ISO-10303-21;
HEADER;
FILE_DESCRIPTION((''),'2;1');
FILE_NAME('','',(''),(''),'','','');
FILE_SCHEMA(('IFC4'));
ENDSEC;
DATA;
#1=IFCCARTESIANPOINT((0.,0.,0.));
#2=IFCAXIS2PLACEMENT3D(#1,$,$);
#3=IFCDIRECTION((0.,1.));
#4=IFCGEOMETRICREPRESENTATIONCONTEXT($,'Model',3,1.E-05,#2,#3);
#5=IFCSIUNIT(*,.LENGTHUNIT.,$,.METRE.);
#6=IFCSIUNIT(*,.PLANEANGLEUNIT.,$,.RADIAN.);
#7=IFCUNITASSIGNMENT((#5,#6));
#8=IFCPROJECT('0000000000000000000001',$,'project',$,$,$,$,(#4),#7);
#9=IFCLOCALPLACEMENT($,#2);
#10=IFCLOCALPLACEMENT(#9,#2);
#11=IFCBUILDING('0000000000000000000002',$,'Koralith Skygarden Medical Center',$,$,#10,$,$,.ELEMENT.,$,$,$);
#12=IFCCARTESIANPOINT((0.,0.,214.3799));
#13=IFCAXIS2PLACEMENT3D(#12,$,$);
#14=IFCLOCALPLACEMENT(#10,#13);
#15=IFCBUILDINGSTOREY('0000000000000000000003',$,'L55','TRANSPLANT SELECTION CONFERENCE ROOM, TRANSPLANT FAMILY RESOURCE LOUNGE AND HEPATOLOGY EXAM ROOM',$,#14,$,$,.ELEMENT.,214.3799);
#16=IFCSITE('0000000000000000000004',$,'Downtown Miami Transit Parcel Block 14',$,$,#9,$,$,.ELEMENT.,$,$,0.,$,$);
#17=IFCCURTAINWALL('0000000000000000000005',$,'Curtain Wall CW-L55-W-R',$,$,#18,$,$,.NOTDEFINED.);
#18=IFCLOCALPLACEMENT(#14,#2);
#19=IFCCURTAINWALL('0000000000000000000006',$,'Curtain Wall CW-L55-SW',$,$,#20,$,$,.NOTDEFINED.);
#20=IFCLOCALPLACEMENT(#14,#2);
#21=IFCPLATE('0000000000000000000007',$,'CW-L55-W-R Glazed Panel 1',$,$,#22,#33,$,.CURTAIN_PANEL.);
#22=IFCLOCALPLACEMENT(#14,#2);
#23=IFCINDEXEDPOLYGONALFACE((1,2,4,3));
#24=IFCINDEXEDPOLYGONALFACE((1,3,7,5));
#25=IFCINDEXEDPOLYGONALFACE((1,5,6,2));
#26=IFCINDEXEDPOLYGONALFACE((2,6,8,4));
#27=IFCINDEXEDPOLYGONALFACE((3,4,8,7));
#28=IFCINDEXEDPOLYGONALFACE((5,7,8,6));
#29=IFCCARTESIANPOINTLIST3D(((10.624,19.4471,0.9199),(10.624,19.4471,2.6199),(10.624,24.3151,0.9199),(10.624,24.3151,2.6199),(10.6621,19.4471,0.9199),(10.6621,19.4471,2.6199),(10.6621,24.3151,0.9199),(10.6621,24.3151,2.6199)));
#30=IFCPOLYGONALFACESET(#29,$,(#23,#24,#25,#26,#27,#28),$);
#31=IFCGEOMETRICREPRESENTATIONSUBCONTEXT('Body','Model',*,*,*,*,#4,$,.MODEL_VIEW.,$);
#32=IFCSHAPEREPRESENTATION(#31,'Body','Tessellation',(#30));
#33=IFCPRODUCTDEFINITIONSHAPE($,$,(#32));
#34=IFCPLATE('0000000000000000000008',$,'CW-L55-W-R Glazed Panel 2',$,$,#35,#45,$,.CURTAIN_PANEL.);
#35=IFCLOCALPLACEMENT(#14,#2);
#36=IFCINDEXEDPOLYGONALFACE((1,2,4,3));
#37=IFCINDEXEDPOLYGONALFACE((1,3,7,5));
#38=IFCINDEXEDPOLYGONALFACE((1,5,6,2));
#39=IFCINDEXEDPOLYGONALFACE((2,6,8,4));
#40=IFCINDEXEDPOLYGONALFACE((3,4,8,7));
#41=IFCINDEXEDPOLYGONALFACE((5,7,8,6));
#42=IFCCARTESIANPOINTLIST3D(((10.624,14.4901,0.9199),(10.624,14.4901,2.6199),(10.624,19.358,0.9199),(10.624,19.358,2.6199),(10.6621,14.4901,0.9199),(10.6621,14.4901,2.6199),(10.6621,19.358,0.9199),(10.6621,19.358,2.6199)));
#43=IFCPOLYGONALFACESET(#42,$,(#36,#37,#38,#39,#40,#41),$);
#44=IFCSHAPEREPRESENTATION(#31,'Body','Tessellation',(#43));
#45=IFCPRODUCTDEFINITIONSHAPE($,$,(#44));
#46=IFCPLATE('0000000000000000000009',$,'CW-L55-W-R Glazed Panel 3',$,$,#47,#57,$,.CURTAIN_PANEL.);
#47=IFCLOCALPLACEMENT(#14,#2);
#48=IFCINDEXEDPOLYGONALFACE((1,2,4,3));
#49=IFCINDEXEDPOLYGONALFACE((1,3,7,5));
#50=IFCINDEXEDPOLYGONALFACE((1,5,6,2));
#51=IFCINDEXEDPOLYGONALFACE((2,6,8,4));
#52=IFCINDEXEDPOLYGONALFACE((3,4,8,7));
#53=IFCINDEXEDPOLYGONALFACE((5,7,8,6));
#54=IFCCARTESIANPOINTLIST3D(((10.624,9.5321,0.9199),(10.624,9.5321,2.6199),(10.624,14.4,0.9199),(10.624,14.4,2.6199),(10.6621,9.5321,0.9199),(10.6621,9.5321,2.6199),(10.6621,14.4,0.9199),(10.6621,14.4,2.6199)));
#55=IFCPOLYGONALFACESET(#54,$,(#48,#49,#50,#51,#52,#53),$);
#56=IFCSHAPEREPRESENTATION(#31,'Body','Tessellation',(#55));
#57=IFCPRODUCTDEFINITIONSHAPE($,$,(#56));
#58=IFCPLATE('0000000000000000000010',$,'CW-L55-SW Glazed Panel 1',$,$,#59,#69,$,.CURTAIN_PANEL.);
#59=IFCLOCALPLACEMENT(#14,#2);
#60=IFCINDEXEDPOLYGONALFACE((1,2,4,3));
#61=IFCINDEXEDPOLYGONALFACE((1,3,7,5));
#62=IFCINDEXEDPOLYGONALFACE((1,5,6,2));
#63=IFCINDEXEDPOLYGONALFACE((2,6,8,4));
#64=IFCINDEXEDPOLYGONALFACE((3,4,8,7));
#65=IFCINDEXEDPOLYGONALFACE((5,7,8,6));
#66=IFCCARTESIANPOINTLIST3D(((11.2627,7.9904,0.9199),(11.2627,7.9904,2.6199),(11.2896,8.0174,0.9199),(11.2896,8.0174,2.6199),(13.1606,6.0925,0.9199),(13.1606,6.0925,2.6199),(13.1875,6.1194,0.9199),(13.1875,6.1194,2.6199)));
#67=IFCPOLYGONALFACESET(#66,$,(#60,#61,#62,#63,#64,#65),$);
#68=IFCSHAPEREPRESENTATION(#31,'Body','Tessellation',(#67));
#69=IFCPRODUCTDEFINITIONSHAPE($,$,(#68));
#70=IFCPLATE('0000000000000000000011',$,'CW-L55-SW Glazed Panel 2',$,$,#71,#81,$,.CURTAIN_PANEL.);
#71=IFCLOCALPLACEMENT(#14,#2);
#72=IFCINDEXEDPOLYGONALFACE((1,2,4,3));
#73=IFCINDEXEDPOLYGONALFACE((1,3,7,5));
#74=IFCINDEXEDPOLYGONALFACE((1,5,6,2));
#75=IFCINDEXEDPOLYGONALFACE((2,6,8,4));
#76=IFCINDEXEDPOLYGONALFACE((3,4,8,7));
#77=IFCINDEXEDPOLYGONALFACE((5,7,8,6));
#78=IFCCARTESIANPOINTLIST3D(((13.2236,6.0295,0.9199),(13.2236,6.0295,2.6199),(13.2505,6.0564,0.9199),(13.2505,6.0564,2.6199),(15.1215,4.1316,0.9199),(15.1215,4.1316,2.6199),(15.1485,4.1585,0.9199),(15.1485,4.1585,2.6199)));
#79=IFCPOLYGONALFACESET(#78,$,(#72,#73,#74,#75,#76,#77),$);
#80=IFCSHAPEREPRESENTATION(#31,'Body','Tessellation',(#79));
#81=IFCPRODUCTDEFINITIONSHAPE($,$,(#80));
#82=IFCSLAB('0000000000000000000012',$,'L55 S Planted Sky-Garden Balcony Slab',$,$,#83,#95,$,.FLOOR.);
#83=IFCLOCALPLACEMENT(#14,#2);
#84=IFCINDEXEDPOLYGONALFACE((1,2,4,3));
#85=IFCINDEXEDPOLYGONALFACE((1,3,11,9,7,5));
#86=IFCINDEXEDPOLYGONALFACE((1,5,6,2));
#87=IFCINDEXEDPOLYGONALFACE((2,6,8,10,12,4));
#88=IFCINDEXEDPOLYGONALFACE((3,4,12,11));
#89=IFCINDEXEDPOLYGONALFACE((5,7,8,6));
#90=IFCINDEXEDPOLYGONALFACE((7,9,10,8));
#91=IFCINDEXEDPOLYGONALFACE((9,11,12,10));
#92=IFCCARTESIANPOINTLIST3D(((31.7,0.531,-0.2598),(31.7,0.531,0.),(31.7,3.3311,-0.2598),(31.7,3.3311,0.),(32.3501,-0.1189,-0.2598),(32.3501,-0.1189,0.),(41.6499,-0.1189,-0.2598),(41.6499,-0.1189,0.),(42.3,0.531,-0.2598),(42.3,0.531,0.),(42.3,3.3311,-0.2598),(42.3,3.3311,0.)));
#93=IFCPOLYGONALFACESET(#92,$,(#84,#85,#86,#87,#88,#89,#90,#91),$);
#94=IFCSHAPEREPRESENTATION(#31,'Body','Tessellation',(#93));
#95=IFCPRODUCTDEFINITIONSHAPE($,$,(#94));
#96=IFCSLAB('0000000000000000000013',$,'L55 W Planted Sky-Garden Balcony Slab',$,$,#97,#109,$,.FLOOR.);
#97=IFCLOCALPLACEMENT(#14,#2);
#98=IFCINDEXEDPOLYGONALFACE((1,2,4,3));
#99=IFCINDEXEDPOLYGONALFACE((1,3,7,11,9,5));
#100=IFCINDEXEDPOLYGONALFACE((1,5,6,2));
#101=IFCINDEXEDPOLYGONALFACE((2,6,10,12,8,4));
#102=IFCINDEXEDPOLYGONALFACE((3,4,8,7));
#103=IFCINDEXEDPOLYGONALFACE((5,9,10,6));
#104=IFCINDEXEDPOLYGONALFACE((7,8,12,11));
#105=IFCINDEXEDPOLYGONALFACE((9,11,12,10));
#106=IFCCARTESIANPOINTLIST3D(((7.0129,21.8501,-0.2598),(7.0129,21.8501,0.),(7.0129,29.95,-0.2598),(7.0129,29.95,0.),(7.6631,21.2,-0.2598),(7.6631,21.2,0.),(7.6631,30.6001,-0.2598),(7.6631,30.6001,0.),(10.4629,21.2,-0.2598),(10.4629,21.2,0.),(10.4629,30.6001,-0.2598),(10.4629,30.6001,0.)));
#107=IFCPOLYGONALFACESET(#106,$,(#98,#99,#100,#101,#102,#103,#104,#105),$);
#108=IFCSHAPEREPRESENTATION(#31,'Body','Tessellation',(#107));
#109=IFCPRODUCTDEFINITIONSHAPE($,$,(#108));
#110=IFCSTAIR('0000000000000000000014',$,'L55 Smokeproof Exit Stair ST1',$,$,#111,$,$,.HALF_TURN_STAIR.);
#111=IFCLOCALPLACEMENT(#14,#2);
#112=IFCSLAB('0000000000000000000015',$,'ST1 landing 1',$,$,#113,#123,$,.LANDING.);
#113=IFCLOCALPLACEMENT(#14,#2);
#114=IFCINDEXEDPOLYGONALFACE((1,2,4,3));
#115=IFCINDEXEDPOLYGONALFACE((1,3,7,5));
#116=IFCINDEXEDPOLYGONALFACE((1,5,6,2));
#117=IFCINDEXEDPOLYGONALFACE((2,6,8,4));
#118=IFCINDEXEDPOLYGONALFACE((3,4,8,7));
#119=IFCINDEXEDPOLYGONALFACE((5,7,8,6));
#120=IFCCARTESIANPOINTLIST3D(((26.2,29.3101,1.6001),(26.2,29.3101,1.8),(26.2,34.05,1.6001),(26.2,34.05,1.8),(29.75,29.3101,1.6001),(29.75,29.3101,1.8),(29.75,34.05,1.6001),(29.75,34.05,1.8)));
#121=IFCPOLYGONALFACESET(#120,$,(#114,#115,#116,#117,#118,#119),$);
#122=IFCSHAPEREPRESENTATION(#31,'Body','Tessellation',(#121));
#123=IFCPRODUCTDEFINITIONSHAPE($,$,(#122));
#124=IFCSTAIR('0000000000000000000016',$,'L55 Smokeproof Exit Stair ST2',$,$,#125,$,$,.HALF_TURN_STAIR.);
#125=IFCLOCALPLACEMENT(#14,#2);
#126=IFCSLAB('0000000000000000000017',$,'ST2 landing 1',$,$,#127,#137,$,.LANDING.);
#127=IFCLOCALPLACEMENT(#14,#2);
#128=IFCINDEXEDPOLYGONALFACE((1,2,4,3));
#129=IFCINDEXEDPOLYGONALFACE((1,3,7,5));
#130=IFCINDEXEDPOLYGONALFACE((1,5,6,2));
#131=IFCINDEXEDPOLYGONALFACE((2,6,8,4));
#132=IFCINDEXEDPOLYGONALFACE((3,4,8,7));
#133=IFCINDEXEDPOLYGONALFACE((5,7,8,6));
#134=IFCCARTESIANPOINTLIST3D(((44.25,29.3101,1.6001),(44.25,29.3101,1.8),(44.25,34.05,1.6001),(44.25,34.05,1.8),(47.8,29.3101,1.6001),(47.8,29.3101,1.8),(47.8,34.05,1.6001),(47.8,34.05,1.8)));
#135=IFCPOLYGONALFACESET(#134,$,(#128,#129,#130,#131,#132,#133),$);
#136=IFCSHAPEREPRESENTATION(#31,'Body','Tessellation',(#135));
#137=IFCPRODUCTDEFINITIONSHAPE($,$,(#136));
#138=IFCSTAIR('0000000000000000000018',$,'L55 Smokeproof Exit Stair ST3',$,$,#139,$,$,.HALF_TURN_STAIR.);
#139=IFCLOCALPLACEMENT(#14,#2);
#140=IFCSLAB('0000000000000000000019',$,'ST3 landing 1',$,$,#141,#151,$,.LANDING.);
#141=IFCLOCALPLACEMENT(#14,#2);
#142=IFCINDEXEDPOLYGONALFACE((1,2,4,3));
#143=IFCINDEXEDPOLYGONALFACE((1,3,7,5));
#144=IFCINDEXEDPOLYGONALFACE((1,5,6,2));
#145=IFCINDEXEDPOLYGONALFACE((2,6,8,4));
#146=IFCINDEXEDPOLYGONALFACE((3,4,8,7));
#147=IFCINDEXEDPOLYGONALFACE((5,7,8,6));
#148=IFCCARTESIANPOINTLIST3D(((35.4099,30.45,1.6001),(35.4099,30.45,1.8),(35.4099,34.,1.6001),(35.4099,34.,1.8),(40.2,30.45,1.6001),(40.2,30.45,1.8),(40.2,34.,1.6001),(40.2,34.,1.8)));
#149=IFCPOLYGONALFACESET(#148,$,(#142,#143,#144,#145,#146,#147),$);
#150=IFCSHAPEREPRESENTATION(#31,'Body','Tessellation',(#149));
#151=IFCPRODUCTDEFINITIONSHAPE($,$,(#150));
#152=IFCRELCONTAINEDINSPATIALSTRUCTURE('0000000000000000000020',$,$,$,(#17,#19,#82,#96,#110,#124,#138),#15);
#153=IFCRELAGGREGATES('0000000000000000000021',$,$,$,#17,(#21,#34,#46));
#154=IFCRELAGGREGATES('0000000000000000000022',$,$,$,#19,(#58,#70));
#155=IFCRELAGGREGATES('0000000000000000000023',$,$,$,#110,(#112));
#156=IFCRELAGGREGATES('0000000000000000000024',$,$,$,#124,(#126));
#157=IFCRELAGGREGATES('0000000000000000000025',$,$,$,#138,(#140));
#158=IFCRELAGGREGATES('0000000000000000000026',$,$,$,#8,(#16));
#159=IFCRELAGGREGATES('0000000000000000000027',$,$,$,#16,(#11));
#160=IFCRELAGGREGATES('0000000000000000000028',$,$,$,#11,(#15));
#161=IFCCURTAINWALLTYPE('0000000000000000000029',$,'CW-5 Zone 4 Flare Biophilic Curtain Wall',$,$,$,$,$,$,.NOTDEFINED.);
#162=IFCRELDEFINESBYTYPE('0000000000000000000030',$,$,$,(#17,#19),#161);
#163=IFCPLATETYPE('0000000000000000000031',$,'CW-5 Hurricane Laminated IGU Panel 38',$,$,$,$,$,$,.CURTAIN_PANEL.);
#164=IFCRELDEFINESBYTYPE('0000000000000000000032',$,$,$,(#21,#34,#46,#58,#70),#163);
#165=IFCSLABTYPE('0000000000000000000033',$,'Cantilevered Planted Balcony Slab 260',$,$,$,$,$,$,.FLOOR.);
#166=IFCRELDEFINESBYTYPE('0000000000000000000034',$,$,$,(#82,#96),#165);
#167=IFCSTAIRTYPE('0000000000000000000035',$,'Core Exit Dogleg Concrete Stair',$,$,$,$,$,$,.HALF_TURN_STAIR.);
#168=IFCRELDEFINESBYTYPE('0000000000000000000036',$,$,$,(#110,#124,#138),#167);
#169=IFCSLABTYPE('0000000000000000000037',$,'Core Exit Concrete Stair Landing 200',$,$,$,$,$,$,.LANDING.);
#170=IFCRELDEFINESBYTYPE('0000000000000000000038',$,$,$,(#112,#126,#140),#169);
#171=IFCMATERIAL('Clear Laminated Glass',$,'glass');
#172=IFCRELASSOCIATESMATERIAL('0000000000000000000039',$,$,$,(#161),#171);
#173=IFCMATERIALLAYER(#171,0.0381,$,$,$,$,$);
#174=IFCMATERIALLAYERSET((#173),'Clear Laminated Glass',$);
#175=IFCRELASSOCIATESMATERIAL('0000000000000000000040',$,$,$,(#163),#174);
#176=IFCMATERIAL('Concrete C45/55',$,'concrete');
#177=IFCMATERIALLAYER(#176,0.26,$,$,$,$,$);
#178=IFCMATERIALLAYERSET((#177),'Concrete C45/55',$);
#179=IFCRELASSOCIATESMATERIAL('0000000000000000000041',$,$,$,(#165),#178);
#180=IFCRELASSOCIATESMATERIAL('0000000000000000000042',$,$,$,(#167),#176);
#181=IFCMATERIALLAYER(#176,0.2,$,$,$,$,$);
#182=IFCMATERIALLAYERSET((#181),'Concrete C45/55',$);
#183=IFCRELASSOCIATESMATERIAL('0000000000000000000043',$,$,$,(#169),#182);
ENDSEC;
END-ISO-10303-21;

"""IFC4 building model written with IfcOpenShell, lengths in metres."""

from ifc_helpers import new_model, si_unit, direction, frame, origin, origin_2d, place, context, subcontext, project, spatial, polyline, rectangle, outline, extrude, material, layer, layer_set, type_object, element, aggregate, save


model = new_model("IFC4")

# Units and contexts
model_context = context("Model", 3, precision=1e-05, world=origin(), true_north=direction((0.0, 1.0)))
body_context = subcontext(model_context, "Body", "Model", "MODEL_VIEW")
ifc_project = project(units=[si_unit("LENGTHUNIT", "METRE"), si_unit("PLANEANGLEUNIT", "RADIAN")], contexts=[model_context])

# Site, building, storey
site_placement = place(None, origin())
site = spatial("IfcSite", under=ifc_project, at=site_placement, Name="Downtown Miami Transit Parcel Block 14", CompositionType="ELEMENT", RefElevation=0.0)
building_placement = place(site_placement, origin())
building = spatial("IfcBuilding", under=site, at=building_placement, Name="Koralith Skygarden Medical Center", CompositionType="ELEMENT")
storey_placement = place(building_placement, frame((0.0, 0.0, 214.3799)))
storey = spatial("IfcBuildingStorey", under=building, at=storey_placement, Name="L55", Description="TRANSPLANT SELECTION CONFERENCE ROOM, TRANSPLANT FAMILY RESOURCE LOUNGE AND HEPATOLOGY EXAM ROOM", CompositionType="ELEMENT", Elevation=214.3799)

# Curtain walls
ifc_material_1 = material(Name="Clear Laminated Glass", Category="glass")
curtain_wall_type = type_object("IfcCurtainWallType", Name="CW-5 Zone 4 Flare Biophilic Curtain Wall", PredefinedType="NOTDEFINED", material=ifc_material_1)
curtain_wall_1_placement = place(storey_placement, origin())
curtain_wall_1 = element("IfcCurtainWall", 1, at=curtain_wall_1_placement, inside=storey, type_object=curtain_wall_type, Name="Curtain Wall CW-L55-W-R", PredefinedType="NOTDEFINED")
curtain_wall_2_placement = place(storey_placement, origin())
curtain_wall_2 = element("IfcCurtainWall", 2, at=curtain_wall_2_placement, inside=storey, type_object=curtain_wall_type, Name="Curtain Wall CW-L55-SW", PredefinedType="NOTDEFINED")

# Shared definitions
ifc_material_2 = material(Name="Concrete C45/55", Category="concrete")

# Plates
ifc_layer_1 = layer(ifc_material_1, 0.0381)
ifc_layer_set_1 = layer_set([ifc_layer_1], Name="Clear Laminated Glass")
plate_type_1 = type_object("IfcPlateType", Name="CW-5 Hurricane Laminated IGU Panel 38", PredefinedType="CURTAIN_PANEL", material=ifc_layer_set_1)
plate_1_placement = place(storey_placement, frame((10.6431, 21.8811, 0.9199), z_axis=(0.0, 0.0, 1.0), x_axis=(0.0, -1.0, 0.0)))
plate_1 = element("IfcPlate", 3, at=plate_1_placement, type_object=plate_type_1, Name="CW-L55-W-R Glazed Panel 1", PredefinedType="CURTAIN_PANEL", context=body_context, shape_type="SweptSolid", body=[
    extrude(rectangle(XDim=4.8679, YDim=0.0381, at=origin_2d()), origin(), (0.0, 0.0, 1.0), 1.7),
])
plate_2_placement = place(storey_placement, frame((10.6431, 16.9241, 0.9199), z_axis=(0.0, 0.0, 1.0), x_axis=(0.0, -1.0, 0.0)))
plate_2 = element("IfcPlate", 4, at=plate_2_placement, type_object=plate_type_1, Name="CW-L55-W-R Glazed Panel 2", PredefinedType="CURTAIN_PANEL", context=body_context, shape_type="SweptSolid", body=[
    extrude(rectangle(XDim=4.8679, YDim=0.0381, at=origin_2d()), origin(), (0.0, 0.0, 1.0), 1.7),
])
plate_3_placement = place(storey_placement, frame((10.6431, 11.9661, 0.9199), z_axis=(0.0, 0.0, 1.0), x_axis=(0.0, -1.0, 0.0)))
plate_3 = element("IfcPlate", 5, at=plate_3_placement, type_object=plate_type_1, Name="CW-L55-W-R Glazed Panel 3", PredefinedType="CURTAIN_PANEL", context=body_context, shape_type="SweptSolid", body=[
    extrude(rectangle(XDim=4.8679, YDim=0.0381, at=origin_2d()), origin(), (0.0, 0.0, 1.0), 1.7),
])
aggregate(curtain_wall_1, [plate_1, plate_2, plate_3])
plate_4_placement = place(storey_placement, frame((12.2251, 7.0549, 0.9199), z_axis=(0.0, 0.0, 1.0), x_axis=(0.707107, -0.707107, 0.0)))
plate_4 = element("IfcPlate", 6, at=plate_4_placement, type_object=plate_type_1, Name="CW-L55-SW Glazed Panel 1", PredefinedType="CURTAIN_PANEL", context=body_context, shape_type="SweptSolid", body=[
    extrude(rectangle(XDim=2.6841, YDim=0.0381, at=origin_2d()), origin(), (0.0, 0.0, 1.0), 1.7),
])
plate_5_placement = place(storey_placement, frame((14.186, 5.094, 0.9199), z_axis=(0.0, 0.0, 1.0), x_axis=(0.707107, -0.707107, 0.0)))
plate_5 = element("IfcPlate", 7, at=plate_5_placement, type_object=plate_type_1, Name="CW-L55-SW Glazed Panel 2", PredefinedType="CURTAIN_PANEL", context=body_context, shape_type="SweptSolid", body=[
    extrude(rectangle(XDim=2.6841, YDim=0.0381, at=origin_2d()), origin(), (0.0, 0.0, 1.0), 1.7),
])
aggregate(curtain_wall_2, [plate_4, plate_5])

# Slabs
ifc_layer_2 = layer(ifc_material_2, 0.26)
ifc_layer_set_2 = layer_set([ifc_layer_2], Name="Concrete C45/55")
slab_type_1 = type_object("IfcSlabType", Name="Cantilevered Planted Balcony Slab 260", PredefinedType="FLOOR", material=ifc_layer_set_2)
slab_1_placement = place(storey_placement, frame((0.0, 0.0, -0.2598)))
element("IfcSlab", 8, at=slab_1_placement, inside=storey, type_object=slab_type_1, Name="L55 S Planted Sky-Garden Balcony Slab", PredefinedType="FLOOR", context=body_context, shape_type="SweptSolid", body=[
    extrude(outline(polyline([(32.3501, -0.1189), (41.6499, -0.1189), (42.3, 0.531), (42.3, 3.3311), (31.7, 3.3311), (31.7, 0.531), (32.3501, -0.1189)])), origin(), (0.0, 0.0, 1.0), 0.2598),
])
slab_2_placement = place(storey_placement, frame((0.0, 0.0, -0.2598)))
element("IfcSlab", 9, at=slab_2_placement, inside=storey, type_object=slab_type_1, Name="L55 W Planted Sky-Garden Balcony Slab", PredefinedType="FLOOR", context=body_context, shape_type="SweptSolid", body=[
    extrude(outline(polyline([(7.6631, 21.2), (10.4629, 21.2), (10.4629, 30.6001), (7.6631, 30.6001), (7.0129, 29.95), (7.0129, 21.8501), (7.6631, 21.2)])), origin(), (0.0, 0.0, 1.0), 0.2598),
])

# Stairs, slabs
stair_type = type_object("IfcStairType", Name="Core Exit Dogleg Concrete Stair", PredefinedType="HALF_TURN_STAIR", material=ifc_material_2)
stair_1_placement = place(storey_placement, origin())
stair_1 = element("IfcStair", 10, at=stair_1_placement, inside=storey, type_object=stair_type, Name="L55 Smokeproof Exit Stair ST1", PredefinedType="HALF_TURN_STAIR")
ifc_layer_3 = layer(ifc_material_2, 0.2)
ifc_layer_set_3 = layer_set([ifc_layer_3], Name="Concrete C45/55")
slab_type_2 = type_object("IfcSlabType", Name="Core Exit Concrete Stair Landing 200", PredefinedType="LANDING", material=ifc_layer_set_3)
slab_3_placement = place(storey_placement, frame((0.0, 0.0, 1.6001)))
slab_3 = element("IfcSlab", 11, at=slab_3_placement, type_object=slab_type_2, Name="ST1 landing 1", PredefinedType="LANDING", context=body_context, shape_type="SweptSolid", body=[
    extrude(outline(polyline([(29.75, 29.3101), (29.75, 34.05), (26.2, 34.05), (26.2, 29.3101), (29.75, 29.3101)])), origin(), (0.0, 0.0, 1.0), 0.2),
])
aggregate(stair_1, [slab_3])
stair_2_placement = place(storey_placement, origin())
stair_2 = element("IfcStair", 12, at=stair_2_placement, inside=storey, type_object=stair_type, Name="L55 Smokeproof Exit Stair ST2", PredefinedType="HALF_TURN_STAIR")
slab_4_placement = place(storey_placement, frame((0.0, 0.0, 1.6001)))
slab_4 = element("IfcSlab", 13, at=slab_4_placement, type_object=slab_type_2, Name="ST2 landing 1", PredefinedType="LANDING", context=body_context, shape_type="SweptSolid", body=[
    extrude(outline(polyline([(47.8, 29.3101), (47.8, 34.05), (44.25, 34.05), (44.25, 29.3101), (47.8, 29.3101)])), origin(), (0.0, 0.0, 1.0), 0.2),
])
aggregate(stair_2, [slab_4])
stair_3_placement = place(storey_placement, origin())
stair_3 = element("IfcStair", 14, at=stair_3_placement, inside=storey, type_object=stair_type, Name="L55 Smokeproof Exit Stair ST3", PredefinedType="HALF_TURN_STAIR")
slab_5_placement = place(storey_placement, frame((0.0, 0.0, 1.6001)))
slab_5 = element("IfcSlab", 15, at=slab_5_placement, type_object=slab_type_2, Name="ST3 landing 1", PredefinedType="LANDING", context=body_context, shape_type="SweptSolid", body=[
    extrude(outline(polyline([(35.4099, 30.45), (40.2, 30.45), (40.2, 34.0), (35.4099, 34.0), (35.4099, 30.45)])), origin(), (0.0, 0.0, 1.0), 0.2),
])
aggregate(stair_3, [slab_5])

save(model, "model.ifc")
